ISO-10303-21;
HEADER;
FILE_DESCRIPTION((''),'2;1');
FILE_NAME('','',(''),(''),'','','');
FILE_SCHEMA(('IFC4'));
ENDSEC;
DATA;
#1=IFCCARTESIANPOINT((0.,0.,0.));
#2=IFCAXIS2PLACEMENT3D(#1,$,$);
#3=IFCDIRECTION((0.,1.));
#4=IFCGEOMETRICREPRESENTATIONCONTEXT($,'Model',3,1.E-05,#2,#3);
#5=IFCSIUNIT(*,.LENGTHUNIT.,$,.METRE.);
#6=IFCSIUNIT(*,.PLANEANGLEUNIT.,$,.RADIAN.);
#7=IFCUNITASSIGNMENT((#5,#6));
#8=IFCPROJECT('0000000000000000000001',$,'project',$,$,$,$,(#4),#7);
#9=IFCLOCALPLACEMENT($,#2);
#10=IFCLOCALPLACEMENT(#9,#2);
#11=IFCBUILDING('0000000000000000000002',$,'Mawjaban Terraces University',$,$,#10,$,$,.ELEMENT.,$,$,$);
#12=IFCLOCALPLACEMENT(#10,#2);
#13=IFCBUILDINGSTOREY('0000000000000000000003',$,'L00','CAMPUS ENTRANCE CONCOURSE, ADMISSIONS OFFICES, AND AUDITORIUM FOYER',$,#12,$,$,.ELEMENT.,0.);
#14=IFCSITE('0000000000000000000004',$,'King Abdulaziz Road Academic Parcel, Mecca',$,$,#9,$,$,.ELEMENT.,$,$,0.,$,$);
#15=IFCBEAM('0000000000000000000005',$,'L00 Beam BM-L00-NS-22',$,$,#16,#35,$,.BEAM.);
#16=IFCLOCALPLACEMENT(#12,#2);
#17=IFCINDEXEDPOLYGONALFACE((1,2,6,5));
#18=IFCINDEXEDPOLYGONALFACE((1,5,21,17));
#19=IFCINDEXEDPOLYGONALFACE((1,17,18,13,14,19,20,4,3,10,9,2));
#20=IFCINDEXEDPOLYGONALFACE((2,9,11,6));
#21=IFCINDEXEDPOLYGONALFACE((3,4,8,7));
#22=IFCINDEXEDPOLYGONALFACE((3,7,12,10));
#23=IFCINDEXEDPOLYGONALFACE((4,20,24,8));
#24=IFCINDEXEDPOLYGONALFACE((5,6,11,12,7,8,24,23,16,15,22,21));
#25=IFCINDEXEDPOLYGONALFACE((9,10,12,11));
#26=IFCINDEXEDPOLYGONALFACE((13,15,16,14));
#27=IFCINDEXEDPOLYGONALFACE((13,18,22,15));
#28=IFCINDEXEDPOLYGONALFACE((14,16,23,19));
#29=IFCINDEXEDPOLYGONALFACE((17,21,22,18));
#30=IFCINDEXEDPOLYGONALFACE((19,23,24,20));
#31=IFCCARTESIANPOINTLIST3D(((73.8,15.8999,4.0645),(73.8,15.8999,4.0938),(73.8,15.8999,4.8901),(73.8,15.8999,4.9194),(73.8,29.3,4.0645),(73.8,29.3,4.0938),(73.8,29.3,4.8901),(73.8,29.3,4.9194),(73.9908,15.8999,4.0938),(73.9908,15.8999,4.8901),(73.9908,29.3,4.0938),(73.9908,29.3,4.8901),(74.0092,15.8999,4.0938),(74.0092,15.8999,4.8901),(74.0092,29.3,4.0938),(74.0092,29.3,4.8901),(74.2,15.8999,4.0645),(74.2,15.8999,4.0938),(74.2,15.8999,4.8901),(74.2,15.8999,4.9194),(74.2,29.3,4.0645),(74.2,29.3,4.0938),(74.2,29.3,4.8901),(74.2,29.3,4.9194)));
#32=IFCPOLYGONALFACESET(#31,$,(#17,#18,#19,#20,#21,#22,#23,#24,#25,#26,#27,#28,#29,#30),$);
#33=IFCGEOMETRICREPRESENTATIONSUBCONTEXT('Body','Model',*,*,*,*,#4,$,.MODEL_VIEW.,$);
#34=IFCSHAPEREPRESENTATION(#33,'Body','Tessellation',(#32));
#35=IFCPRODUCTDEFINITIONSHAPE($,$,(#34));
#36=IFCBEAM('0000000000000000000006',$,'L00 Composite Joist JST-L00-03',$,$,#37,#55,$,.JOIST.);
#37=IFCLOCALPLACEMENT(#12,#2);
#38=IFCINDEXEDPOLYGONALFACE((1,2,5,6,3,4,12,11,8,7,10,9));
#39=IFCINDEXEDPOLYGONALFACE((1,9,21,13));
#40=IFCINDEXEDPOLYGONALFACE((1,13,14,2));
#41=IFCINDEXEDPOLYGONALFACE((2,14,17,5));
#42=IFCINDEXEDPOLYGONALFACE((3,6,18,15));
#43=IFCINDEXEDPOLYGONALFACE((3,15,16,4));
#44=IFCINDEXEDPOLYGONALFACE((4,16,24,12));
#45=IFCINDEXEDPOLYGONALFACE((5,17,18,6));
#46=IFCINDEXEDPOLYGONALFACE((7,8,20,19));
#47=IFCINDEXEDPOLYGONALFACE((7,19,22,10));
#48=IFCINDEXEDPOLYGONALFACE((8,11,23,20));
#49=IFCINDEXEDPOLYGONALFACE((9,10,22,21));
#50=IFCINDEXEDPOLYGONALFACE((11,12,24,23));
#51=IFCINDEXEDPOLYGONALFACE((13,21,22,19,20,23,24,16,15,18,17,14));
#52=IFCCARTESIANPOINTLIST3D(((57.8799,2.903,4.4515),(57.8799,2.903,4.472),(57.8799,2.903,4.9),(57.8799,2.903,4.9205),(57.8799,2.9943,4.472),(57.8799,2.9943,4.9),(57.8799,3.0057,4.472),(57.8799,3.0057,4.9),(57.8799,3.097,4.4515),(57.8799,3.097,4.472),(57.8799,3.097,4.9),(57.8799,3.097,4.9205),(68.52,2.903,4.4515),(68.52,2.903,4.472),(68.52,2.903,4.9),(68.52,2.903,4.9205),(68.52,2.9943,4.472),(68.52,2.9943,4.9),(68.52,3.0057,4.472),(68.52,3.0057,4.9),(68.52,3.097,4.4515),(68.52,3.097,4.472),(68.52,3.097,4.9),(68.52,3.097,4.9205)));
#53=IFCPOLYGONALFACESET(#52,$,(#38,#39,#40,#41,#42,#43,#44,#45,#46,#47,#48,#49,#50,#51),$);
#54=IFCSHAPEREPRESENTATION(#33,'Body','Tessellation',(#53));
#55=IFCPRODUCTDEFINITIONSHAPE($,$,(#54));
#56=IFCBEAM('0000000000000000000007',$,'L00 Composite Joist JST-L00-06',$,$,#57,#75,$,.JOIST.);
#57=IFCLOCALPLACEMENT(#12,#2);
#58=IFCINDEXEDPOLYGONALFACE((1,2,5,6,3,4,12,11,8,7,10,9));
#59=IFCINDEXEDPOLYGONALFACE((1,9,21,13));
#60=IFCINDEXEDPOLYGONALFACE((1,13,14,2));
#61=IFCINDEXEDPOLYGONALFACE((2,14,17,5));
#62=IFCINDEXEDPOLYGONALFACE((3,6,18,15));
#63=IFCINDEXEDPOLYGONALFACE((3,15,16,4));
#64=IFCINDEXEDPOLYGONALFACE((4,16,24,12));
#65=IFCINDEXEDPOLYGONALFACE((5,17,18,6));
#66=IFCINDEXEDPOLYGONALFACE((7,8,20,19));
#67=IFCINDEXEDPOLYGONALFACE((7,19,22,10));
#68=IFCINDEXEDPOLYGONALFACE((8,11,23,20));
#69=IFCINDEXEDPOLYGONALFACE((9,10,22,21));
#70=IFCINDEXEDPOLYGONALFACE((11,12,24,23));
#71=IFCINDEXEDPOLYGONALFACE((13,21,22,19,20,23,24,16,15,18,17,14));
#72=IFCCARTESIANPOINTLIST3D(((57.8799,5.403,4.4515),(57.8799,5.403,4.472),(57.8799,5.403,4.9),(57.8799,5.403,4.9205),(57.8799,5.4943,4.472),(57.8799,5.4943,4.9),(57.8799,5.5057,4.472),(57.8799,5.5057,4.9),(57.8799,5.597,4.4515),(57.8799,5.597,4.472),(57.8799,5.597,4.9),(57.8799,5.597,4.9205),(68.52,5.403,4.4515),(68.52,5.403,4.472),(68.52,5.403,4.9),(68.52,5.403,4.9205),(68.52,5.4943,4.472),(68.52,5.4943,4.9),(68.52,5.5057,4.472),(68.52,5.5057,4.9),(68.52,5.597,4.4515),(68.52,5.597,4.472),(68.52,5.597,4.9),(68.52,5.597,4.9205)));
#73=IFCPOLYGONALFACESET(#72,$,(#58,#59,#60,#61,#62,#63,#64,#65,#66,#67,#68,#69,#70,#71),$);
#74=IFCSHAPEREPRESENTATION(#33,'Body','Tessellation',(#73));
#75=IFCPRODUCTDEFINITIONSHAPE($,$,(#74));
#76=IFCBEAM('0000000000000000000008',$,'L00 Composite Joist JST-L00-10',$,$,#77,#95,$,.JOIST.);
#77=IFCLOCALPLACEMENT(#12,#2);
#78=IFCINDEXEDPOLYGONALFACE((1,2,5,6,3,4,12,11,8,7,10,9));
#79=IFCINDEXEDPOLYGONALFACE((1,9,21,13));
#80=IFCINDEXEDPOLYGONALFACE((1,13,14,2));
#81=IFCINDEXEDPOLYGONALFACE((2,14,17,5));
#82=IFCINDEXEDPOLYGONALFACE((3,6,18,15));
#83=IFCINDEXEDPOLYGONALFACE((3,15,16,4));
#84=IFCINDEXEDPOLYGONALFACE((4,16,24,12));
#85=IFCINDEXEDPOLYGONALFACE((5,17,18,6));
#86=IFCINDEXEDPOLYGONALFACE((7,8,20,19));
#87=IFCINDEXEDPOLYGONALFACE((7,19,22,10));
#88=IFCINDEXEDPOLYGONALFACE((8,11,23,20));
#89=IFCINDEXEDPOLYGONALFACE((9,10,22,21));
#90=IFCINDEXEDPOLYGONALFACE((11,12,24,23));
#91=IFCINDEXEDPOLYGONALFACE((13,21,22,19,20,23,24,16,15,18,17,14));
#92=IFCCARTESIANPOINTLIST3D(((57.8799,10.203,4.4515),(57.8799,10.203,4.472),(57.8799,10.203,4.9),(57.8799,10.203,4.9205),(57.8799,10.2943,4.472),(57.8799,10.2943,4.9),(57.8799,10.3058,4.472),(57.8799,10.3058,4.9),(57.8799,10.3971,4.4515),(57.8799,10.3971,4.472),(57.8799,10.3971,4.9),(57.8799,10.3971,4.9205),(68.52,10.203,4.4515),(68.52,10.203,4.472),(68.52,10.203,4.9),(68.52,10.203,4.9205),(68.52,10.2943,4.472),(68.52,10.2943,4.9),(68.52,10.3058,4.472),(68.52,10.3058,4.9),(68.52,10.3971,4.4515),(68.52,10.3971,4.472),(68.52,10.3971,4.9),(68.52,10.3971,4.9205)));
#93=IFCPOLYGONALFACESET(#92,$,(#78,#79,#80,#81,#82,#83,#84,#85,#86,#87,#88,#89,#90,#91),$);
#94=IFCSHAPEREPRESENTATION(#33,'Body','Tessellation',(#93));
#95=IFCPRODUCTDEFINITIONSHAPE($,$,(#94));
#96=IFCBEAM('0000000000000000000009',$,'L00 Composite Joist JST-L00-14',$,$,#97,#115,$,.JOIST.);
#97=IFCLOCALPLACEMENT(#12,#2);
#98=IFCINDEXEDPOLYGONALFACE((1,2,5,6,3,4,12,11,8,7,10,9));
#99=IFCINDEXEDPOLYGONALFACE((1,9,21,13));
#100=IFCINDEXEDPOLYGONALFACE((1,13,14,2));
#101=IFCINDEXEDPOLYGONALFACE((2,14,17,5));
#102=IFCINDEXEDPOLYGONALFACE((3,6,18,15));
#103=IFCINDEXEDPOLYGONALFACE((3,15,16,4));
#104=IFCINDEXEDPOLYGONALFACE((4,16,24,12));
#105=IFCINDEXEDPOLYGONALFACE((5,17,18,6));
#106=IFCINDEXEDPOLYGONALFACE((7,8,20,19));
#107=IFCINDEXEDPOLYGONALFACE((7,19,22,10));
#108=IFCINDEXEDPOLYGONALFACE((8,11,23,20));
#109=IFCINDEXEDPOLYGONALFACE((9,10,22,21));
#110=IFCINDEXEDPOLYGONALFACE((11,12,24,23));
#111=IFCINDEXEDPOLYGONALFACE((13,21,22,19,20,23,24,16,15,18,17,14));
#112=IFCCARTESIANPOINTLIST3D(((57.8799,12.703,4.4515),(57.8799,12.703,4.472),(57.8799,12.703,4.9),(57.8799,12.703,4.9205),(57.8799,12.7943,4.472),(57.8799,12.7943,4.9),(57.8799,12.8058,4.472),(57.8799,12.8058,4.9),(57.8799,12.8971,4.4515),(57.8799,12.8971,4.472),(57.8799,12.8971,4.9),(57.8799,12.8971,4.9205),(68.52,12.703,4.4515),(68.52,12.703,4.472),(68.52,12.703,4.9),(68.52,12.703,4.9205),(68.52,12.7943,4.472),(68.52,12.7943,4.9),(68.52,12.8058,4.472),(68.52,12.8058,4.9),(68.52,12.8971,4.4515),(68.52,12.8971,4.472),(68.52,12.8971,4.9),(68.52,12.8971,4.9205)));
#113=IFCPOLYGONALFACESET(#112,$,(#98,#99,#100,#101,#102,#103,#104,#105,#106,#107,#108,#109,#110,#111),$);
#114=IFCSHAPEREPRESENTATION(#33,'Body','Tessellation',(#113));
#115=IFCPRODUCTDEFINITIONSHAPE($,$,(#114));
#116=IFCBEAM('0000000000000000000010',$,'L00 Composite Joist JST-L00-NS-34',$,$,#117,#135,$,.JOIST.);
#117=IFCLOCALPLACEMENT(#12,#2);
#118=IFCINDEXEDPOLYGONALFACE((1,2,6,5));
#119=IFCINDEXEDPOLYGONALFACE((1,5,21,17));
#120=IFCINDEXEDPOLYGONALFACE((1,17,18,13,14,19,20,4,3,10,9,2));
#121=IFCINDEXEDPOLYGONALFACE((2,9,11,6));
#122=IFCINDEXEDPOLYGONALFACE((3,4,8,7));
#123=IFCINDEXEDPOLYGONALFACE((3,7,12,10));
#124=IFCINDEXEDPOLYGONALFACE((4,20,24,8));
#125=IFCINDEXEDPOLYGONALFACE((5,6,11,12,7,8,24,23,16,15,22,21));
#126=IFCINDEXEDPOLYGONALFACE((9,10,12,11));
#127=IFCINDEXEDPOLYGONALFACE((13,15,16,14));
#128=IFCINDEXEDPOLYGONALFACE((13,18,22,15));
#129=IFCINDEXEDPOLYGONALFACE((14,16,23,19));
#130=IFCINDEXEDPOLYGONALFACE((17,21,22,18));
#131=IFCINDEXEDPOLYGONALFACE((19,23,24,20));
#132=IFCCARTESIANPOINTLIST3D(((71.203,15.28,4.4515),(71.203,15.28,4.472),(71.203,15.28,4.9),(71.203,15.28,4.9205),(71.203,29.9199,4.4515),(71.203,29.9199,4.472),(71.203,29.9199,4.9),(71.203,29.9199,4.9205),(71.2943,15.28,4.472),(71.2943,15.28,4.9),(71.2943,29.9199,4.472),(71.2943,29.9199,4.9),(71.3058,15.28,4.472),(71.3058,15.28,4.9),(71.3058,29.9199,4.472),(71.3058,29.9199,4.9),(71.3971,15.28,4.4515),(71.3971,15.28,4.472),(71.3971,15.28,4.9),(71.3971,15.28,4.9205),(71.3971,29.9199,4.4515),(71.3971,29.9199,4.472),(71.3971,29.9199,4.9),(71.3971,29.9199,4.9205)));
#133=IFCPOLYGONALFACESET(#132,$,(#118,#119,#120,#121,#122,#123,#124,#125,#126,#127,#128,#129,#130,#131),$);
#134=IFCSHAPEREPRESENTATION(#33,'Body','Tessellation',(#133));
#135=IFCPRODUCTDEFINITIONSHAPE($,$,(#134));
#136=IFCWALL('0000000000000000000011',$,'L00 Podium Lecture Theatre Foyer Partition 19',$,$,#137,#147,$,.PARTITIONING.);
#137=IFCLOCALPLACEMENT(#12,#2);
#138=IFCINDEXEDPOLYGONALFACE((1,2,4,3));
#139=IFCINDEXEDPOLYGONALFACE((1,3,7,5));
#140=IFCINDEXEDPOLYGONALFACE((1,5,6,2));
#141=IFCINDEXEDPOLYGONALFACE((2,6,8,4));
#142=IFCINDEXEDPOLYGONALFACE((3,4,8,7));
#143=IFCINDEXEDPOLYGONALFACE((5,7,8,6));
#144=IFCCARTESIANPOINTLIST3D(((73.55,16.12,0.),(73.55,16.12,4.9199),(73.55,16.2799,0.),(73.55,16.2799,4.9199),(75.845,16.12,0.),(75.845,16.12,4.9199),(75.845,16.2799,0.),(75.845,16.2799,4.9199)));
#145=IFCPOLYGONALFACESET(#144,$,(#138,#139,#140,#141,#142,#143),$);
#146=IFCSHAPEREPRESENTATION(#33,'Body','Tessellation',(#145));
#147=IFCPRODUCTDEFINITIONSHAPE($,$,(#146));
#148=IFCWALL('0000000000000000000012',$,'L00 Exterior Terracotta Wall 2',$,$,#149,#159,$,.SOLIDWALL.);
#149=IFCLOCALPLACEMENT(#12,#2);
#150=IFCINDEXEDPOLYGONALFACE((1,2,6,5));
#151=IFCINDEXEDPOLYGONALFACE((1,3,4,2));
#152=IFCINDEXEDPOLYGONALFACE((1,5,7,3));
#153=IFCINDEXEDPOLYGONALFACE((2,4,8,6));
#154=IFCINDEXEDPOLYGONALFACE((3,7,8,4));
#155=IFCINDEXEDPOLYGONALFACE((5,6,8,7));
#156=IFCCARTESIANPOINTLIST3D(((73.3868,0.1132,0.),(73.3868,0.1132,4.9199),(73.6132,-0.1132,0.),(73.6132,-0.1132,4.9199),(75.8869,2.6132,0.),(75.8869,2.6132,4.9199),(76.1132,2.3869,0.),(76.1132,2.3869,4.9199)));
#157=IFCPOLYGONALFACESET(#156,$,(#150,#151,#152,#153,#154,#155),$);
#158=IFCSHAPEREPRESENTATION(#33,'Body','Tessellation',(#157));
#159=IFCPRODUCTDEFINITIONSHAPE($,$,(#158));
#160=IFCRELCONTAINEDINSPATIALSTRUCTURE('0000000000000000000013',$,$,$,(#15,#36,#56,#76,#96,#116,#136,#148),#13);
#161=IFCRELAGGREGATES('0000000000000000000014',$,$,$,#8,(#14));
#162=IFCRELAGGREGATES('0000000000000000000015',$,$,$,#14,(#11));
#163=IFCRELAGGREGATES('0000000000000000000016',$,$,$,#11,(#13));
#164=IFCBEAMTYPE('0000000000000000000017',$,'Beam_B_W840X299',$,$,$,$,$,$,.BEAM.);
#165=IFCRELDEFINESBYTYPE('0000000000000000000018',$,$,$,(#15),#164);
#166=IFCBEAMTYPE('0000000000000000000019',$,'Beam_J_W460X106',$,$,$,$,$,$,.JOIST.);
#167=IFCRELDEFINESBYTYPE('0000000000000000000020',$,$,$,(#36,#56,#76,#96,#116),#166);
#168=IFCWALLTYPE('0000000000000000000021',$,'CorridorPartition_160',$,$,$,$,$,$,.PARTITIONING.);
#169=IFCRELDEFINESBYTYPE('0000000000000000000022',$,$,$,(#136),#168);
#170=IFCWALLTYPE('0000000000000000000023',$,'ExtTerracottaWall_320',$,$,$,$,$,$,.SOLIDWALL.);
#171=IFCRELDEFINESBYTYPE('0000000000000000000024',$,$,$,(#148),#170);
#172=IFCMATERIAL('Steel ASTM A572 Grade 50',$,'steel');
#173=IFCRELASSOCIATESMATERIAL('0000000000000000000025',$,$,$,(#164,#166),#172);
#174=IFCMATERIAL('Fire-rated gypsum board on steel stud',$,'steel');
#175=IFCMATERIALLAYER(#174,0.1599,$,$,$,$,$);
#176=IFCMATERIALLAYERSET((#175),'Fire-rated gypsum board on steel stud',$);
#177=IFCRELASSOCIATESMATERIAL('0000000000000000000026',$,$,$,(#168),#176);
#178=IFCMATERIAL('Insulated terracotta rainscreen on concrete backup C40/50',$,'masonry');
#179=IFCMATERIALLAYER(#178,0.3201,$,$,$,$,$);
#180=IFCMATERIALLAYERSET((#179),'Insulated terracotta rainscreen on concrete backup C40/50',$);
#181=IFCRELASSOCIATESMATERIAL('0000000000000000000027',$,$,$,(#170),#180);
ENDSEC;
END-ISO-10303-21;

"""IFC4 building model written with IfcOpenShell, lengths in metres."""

from ifc_helpers import new_model, si_unit, direction, frame, frame_2d, origin, origin_2d, place, context, subcontext, project, spatial, rectangle, i_section, extrude, material, layer, layer_set, material_profile, profile_set, type_object, element, save


model = new_model("IFC4")

# Units and contexts
model_context = context("Model", 3, precision=1e-05, world=origin(), true_north=direction((0.0, 1.0)))
body_context = subcontext(model_context, "Body", "Model", "MODEL_VIEW")
ifc_project = project(units=[si_unit("LENGTHUNIT", "METRE"), si_unit("PLANEANGLEUNIT", "RADIAN")], contexts=[model_context])

# Site, building, storey
site_placement = place(None, origin())
site = spatial("IfcSite", under=ifc_project, at=site_placement, Name="King Abdulaziz Road Academic Parcel, Mecca", CompositionType="ELEMENT", RefElevation=0.0)
building_placement = place(site_placement, origin())
building = spatial("IfcBuilding", under=site, at=building_placement, Name="Mawjaban Terraces University", CompositionType="ELEMENT")
storey_placement = place(building_placement, origin())
storey = spatial("IfcBuildingStorey", under=building, at=storey_placement, Name="L00", Description="CAMPUS ENTRANCE CONCOURSE, ADMISSIONS OFFICES, AND AUDITORIUM FOYER", CompositionType="ELEMENT", Elevation=0.0)

# Beams
ifc_material_1 = material(Name="Steel ASTM A572 Grade 50", Category="steel")
ifc_material_profile_1 = material_profile(ifc_material_1, i_section(OverallWidth=0.3999, OverallDepth=0.855, WebThickness=0.0183, FlangeThickness=0.0293, at=origin_2d()), Name="W840X299")
ifc_profile_set_1 = profile_set([ifc_material_profile_1], Name="Steel ASTM A572 Grade 50")
beam_type_1 = type_object("IfcBeamType", Name="Beam_B_W840X299", PredefinedType="BEAM", material=ifc_profile_set_1)
beam_1_placement = place(storey_placement, frame((74.0, 15.8999, 4.4919), z_axis=(0.0, 1.0, 0.0), x_axis=(-1.0, 0.0, 0.0)))
element("IfcBeam", 1, at=beam_1_placement, inside=storey, type_object=beam_type_1, Name="L00 Beam BM-L00-NS-22", PredefinedType="BEAM", context=body_context, shape_type="SweptSolid", body=[
    extrude(i_section(OverallWidth=0.3999, OverallDepth=0.855, WebThickness=0.0183, FlangeThickness=0.0293, at=origin_2d()), origin(), (0.0, 0.0, 1.0), 13.4001),
])
ifc_material_profile_2 = material_profile(ifc_material_1, i_section(OverallWidth=0.1941, OverallDepth=0.469, WebThickness=0.0115, FlangeThickness=0.0205, at=origin_2d()), Name="W460X106")
ifc_profile_set_2 = profile_set([ifc_material_profile_2], Name="Steel ASTM A572 Grade 50")
beam_type_2 = type_object("IfcBeamType", Name="Beam_J_W460X106", PredefinedType="JOIST", material=ifc_profile_set_2)
for number, where, z_axis, x_axis, name in (
    (2, (57.8799, 3.0, 4.686), (1.0, 0.0, 0.0), (0.0, 1.0, 0.0), "L00 Composite Joist JST-L00-03"),
    (3, (57.8799, 5.5, 4.686), (1.0, 0.0, 0.0), (0.0, 1.0, 0.0), "L00 Composite Joist JST-L00-06"),
    (4, (57.8799, 10.3, 4.686), (1.0, 0.0, 0.0), (0.0, 1.0, 0.0), "L00 Composite Joist JST-L00-10"),
    (5, (57.8799, 12.8, 4.686), (1.0, 0.0, 0.0), (0.0, 1.0, 0.0), "L00 Composite Joist JST-L00-14"),
):
    element("IfcBeam", number, at=place(storey_placement, frame(where, z_axis=z_axis, x_axis=x_axis)), inside=storey, type_object=beam_type_2, Name=name, PredefinedType="JOIST", context=body_context, shape_type="SweptSolid", body=[
        extrude(i_section(OverallWidth=0.1941, OverallDepth=0.469, WebThickness=0.0115, FlangeThickness=0.0205, at=origin_2d()), origin(), (0.0, 0.0, 1.0), 10.6401),
    ])
beam_2_placement = place(storey_placement, frame((71.3, 15.28, 4.686), z_axis=(0.0, 1.0, 0.0), x_axis=(-1.0, 0.0, 0.0)))
element("IfcBeam", 6, at=beam_2_placement, inside=storey, type_object=beam_type_2, Name="L00 Composite Joist JST-L00-NS-34", PredefinedType="JOIST", context=body_context, shape_type="SweptSolid", body=[
    extrude(i_section(OverallWidth=0.1941, OverallDepth=0.469, WebThickness=0.0115, FlangeThickness=0.0205, at=origin_2d()), origin(), (0.0, 0.0, 1.0), 14.6399),
])

# Walls
ifc_material_2 = material(Name="Fire-rated gypsum board on steel stud", Category="steel")
ifc_layer_1 = layer(ifc_material_2, 0.1599)
ifc_layer_set_1 = layer_set([ifc_layer_1], Name="Fire-rated gypsum board on steel stud")
wall_type_1 = type_object("IfcWallType", Name="CorridorPartition_160", PredefinedType="PARTITIONING", material=ifc_layer_set_1)
wall_1_placement = place(storey_placement, frame((75.845, 16.2, 0.0), z_axis=(0.0, 0.0, 1.0), x_axis=(-1.0, 0.0, 0.0)))
element("IfcWall", 7, at=wall_1_placement, inside=storey, type_object=wall_type_1, Name="L00 Podium Lecture Theatre Foyer Partition 19", PredefinedType="PARTITIONING", context=body_context, shape_type="SweptSolid", body=[
    extrude(rectangle(XDim=2.2949, YDim=0.1599, at=frame_2d((1.1475, 0.0))), origin(), (0.0, 0.0, 1.0), 4.9199),
])
ifc_material_3 = material(Name="Insulated terracotta rainscreen on concrete backup C40/50", Category="masonry")
ifc_layer_2 = layer(ifc_material_3, 0.3201)
ifc_layer_set_2 = layer_set([ifc_layer_2], Name="Insulated terracotta rainscreen on concrete backup C40/50")
wall_type_2 = type_object("IfcWallType", Name="ExtTerracottaWall_320", PredefinedType="SOLIDWALL", material=ifc_layer_set_2)
wall_2_placement = place(storey_placement, frame((73.5, 0.0, 0.0), z_axis=(0.0, 0.0, 1.0), x_axis=(0.707107, 0.707107, 0.0)))
element("IfcWall", 8, at=wall_2_placement, inside=storey, type_object=wall_type_2, Name="L00 Exterior Terracotta Wall 2", PredefinedType="SOLIDWALL", context=body_context, shape_type="SweptSolid", body=[
    extrude(rectangle(XDim=3.5356, YDim=0.3201, at=frame_2d((1.7678, 0.0))), origin(), (0.0, 0.0, 1.0), 4.9199),
])

save(model, "model.ifc")
